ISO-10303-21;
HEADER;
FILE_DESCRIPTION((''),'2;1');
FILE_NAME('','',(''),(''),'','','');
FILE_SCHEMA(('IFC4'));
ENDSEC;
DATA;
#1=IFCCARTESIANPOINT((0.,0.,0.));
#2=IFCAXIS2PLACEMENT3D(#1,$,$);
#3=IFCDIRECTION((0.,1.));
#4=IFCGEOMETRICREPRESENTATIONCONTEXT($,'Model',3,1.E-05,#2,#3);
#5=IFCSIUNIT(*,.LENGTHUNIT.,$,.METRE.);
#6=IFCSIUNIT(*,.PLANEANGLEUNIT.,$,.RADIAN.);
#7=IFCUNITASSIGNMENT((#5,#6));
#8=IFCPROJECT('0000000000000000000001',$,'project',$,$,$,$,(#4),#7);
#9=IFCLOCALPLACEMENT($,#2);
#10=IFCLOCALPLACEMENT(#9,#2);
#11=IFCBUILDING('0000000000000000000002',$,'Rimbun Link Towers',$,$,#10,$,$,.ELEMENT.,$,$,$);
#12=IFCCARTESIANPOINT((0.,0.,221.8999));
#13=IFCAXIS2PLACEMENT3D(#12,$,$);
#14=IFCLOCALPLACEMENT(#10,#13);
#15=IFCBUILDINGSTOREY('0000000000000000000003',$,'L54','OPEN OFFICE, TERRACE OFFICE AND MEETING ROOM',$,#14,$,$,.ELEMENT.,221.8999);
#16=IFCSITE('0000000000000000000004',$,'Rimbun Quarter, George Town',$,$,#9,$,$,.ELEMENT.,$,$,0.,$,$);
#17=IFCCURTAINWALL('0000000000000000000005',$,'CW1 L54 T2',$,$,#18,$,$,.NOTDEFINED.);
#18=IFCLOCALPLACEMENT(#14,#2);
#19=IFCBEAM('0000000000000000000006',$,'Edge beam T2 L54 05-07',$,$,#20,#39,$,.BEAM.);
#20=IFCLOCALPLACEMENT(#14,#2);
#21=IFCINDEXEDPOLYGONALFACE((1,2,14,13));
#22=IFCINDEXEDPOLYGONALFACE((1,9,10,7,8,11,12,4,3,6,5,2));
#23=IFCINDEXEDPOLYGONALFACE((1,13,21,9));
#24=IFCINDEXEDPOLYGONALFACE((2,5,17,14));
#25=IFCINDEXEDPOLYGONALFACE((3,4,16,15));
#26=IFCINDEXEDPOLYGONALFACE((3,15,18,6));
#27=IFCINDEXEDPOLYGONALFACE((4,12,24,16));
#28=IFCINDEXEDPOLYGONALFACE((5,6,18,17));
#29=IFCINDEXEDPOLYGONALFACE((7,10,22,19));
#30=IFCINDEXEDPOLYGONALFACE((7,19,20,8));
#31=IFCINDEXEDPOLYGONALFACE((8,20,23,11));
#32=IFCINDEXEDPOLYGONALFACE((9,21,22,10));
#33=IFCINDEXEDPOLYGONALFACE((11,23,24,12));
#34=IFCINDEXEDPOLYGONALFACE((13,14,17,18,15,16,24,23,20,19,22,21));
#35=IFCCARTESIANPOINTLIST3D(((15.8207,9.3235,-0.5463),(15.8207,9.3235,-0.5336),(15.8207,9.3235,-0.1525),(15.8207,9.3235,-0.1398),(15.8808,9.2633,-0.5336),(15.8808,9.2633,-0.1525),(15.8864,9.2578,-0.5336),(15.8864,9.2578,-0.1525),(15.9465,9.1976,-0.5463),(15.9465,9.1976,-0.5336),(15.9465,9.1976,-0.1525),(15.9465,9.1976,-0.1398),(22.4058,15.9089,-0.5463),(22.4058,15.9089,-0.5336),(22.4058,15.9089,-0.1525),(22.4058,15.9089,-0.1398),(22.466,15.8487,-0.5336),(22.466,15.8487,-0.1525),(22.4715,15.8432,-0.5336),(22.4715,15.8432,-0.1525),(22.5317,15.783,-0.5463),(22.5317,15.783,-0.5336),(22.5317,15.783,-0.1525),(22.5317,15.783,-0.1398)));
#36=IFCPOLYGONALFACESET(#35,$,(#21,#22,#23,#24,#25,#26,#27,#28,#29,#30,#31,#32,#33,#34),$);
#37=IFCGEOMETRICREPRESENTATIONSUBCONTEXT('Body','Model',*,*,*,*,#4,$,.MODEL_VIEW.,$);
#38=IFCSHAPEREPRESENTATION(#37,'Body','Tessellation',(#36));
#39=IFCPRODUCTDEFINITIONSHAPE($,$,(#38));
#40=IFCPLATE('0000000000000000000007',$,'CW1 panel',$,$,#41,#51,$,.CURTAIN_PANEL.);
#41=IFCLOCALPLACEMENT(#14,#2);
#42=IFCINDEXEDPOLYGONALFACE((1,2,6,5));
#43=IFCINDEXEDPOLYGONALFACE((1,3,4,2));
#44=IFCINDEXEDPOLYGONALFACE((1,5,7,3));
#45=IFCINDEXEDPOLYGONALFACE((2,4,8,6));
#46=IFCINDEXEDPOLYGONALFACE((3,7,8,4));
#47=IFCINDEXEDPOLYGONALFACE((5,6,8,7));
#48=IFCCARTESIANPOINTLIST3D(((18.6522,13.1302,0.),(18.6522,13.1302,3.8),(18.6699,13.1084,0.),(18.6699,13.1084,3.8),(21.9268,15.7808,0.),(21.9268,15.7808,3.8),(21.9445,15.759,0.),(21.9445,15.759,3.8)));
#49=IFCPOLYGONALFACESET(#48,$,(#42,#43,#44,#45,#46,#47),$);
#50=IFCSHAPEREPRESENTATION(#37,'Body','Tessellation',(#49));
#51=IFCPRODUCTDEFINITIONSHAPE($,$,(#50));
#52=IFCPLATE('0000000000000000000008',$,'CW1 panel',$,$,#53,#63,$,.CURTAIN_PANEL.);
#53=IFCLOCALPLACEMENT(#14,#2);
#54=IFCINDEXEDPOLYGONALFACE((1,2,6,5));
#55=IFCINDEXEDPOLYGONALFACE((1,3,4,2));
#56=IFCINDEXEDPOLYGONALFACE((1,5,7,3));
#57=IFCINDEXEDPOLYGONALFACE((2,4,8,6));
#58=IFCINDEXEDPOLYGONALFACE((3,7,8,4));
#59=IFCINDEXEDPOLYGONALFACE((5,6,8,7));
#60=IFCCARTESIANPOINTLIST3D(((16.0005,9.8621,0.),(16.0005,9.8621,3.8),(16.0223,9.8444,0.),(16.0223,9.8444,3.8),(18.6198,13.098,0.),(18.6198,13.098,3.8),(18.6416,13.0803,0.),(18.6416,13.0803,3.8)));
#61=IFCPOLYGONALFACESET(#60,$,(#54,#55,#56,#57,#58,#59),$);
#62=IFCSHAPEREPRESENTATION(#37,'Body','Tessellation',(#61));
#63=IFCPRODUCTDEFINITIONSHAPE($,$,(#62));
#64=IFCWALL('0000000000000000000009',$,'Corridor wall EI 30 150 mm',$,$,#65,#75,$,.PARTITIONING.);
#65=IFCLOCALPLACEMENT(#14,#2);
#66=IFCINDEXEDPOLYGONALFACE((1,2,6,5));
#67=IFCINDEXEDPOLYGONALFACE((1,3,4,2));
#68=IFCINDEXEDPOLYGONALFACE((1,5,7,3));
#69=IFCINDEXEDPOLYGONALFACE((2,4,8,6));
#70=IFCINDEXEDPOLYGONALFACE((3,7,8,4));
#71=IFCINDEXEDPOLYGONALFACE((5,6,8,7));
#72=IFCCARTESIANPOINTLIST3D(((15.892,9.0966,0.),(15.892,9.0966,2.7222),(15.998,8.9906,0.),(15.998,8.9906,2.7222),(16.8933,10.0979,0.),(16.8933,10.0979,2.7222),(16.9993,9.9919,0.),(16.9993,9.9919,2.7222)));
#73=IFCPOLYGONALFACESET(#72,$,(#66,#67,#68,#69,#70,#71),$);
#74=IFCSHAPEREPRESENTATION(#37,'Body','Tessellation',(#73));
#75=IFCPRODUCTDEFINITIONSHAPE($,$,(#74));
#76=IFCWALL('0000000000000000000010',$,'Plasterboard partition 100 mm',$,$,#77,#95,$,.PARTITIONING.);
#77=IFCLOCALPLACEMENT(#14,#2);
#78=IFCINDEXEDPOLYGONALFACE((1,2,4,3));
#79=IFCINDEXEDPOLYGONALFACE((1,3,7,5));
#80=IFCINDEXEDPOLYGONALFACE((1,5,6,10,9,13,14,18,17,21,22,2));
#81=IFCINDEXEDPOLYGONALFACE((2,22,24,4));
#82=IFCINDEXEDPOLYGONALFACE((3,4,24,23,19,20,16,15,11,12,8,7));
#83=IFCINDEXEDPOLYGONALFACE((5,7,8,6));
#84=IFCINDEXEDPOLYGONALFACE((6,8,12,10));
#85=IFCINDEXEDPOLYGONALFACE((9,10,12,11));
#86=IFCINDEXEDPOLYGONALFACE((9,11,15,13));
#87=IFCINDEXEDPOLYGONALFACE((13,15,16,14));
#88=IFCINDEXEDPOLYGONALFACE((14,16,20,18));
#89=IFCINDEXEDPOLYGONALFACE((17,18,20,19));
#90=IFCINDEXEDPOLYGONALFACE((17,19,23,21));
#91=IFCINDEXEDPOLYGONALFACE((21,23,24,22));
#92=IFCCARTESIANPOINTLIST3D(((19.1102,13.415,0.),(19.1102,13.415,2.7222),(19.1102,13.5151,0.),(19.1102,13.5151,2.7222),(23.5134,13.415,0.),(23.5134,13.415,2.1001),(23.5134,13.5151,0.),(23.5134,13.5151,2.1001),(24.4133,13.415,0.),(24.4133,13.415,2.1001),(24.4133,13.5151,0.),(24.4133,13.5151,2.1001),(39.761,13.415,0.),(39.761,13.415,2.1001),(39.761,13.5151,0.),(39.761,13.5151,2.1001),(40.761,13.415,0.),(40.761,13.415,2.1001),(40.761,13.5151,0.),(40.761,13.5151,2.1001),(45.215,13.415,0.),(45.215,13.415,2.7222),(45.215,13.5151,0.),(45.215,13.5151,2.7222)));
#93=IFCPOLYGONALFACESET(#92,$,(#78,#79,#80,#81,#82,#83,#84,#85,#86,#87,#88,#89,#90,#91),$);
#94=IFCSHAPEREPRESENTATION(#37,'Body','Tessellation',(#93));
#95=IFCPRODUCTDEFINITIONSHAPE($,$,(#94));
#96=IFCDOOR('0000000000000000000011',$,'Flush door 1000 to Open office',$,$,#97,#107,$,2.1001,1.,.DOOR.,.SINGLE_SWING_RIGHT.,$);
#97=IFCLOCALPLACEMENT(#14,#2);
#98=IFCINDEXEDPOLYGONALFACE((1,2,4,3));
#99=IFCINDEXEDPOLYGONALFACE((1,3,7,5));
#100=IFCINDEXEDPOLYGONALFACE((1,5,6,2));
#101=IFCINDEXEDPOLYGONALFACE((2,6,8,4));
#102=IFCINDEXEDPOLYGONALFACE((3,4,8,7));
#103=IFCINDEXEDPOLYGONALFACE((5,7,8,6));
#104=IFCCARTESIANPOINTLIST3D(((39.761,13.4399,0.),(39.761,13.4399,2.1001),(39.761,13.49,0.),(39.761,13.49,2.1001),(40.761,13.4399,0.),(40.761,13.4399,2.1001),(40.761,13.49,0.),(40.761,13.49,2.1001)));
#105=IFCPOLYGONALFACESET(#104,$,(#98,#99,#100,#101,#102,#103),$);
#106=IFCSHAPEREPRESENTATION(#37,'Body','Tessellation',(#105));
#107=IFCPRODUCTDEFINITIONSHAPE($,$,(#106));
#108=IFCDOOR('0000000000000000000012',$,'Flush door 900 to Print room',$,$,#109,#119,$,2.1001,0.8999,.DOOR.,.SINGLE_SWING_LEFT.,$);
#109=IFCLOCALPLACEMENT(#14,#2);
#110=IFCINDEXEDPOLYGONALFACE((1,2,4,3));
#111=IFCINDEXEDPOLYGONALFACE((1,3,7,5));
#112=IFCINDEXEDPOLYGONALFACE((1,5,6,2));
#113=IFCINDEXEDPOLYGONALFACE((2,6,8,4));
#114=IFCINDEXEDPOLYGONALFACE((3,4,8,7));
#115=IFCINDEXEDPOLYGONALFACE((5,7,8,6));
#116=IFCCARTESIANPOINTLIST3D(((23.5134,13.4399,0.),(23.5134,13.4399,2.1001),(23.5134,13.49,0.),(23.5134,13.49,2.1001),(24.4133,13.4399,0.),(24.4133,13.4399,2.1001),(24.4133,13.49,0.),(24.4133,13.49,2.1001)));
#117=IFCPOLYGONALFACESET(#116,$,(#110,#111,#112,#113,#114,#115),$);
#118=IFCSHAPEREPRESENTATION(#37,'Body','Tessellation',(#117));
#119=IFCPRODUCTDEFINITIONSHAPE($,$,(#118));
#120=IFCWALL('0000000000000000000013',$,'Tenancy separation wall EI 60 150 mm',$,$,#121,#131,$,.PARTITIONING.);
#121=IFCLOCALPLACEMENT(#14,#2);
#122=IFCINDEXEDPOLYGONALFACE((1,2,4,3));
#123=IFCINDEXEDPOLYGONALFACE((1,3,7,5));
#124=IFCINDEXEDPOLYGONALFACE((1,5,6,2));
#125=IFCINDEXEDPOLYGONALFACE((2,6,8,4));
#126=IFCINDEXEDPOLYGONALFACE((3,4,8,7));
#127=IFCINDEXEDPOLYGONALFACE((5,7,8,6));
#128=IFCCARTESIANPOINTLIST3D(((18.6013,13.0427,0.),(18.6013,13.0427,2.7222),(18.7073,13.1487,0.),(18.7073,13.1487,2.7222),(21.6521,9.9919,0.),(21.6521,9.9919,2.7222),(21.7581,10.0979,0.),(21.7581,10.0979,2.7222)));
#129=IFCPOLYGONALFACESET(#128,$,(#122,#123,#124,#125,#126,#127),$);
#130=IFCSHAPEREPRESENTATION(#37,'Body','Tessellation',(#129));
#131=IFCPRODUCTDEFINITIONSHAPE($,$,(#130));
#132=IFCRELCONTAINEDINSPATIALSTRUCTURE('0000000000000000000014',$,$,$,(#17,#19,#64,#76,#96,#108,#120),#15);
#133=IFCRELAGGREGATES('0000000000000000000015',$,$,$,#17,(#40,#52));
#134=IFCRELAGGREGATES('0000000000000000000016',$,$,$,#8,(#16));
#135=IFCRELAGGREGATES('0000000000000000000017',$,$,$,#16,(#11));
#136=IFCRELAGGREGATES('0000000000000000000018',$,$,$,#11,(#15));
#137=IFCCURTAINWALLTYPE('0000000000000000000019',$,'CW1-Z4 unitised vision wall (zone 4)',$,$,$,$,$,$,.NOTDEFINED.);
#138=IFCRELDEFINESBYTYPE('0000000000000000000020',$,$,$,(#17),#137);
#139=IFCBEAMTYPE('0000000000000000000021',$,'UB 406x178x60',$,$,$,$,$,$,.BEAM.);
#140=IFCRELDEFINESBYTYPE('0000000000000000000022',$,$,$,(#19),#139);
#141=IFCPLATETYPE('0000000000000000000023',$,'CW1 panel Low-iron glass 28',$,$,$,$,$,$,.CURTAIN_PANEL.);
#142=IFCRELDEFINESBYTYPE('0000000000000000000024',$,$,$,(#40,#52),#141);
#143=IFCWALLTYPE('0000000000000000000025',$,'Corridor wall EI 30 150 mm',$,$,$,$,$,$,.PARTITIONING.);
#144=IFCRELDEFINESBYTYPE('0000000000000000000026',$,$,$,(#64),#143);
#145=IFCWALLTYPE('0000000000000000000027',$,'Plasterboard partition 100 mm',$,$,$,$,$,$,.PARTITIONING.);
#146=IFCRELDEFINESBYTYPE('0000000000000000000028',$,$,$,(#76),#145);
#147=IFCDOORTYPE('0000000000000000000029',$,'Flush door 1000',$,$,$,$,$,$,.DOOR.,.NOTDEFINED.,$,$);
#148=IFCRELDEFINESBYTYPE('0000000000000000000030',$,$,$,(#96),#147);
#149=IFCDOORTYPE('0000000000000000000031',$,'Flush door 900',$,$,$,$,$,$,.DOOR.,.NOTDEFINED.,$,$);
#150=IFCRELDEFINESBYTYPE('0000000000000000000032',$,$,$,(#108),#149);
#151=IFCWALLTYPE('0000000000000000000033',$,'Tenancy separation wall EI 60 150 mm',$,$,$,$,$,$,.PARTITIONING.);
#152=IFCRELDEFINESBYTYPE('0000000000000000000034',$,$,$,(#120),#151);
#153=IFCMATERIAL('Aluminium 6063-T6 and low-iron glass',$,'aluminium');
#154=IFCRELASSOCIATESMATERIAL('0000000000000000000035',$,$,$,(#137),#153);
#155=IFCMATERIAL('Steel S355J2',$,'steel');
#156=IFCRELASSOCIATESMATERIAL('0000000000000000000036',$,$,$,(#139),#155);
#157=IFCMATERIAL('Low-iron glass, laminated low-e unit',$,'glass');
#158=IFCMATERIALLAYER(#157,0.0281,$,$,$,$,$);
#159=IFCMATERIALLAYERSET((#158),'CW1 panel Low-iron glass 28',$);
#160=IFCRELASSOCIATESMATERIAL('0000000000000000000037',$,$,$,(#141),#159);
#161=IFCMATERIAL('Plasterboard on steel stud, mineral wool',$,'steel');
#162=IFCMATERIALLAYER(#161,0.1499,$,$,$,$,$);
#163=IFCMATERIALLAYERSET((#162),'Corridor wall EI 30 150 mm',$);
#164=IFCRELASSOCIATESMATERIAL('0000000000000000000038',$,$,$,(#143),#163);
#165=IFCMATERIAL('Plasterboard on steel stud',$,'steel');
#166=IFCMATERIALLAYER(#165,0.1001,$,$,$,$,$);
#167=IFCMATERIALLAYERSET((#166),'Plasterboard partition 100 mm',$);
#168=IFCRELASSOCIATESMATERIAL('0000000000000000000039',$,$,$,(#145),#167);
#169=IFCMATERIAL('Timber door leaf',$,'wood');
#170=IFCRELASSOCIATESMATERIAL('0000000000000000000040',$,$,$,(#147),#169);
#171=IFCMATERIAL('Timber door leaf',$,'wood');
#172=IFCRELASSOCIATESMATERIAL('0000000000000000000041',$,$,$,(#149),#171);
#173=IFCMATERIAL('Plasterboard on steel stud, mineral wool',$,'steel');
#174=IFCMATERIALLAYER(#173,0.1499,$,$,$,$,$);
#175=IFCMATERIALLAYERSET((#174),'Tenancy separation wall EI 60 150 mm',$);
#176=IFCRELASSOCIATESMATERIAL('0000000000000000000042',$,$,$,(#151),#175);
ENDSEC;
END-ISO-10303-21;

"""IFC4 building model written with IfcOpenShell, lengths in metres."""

from ifc_helpers import new_model, si_unit, direction, frame, frame_2d, origin, origin_2d, place, context, subcontext, project, spatial, rectangle, i_section, extrude, material, layer, layer_set, material_profile, profile_set, type_object, element, fill, aggregate, save


model = new_model("IFC4")

# Units and contexts
model_context = context("Model", 3, precision=1e-05, world=origin(), true_north=direction((0.0, 1.0)))
body_context = subcontext(model_context, "Body", "Model", "MODEL_VIEW")
ifc_project = project(units=[si_unit("LENGTHUNIT", "METRE"), si_unit("PLANEANGLEUNIT", "RADIAN")], contexts=[model_context])

# Site, building, storey
site_placement = place(None, origin())
site = spatial("IfcSite", under=ifc_project, at=site_placement, Name="Rimbun Quarter, George Town", CompositionType="ELEMENT", RefElevation=0.0)
building_placement = place(site_placement, origin())
building = spatial("IfcBuilding", under=site, at=building_placement, Name="Rimbun Link Towers", CompositionType="ELEMENT")
storey_placement = place(building_placement, frame((0.0, 0.0, 221.8999)))
storey = spatial("IfcBuildingStorey", under=building, at=storey_placement, Name="L54", Description="OPEN OFFICE, TERRACE OFFICE AND MEETING ROOM", CompositionType="ELEMENT", Elevation=221.8999)

# Curtain wall
ifc_material_1 = material(Name="Aluminium 6063-T6 and low-iron glass", Category="aluminium")
curtain_wall_type = type_object("IfcCurtainWallType", Name="CW1-Z4 unitised vision wall (zone 4)", PredefinedType="NOTDEFINED", material=ifc_material_1)
curtain_wall_placement = place(storey_placement, origin())
curtain_wall = element("IfcCurtainWall", 1, at=curtain_wall_placement, inside=storey, type_object=curtain_wall_type, Name="CW1 L54 T2", PredefinedType="NOTDEFINED")

# Beam
ifc_material_2 = material(Name="Steel S355J2", Category="steel")
ifc_material_profile_1 = material_profile(ifc_material_2, i_section(OverallWidth=0.178, OverallDepth=0.4065, WebThickness=0.0078, FlangeThickness=0.0127, at=origin_2d()), Name="UB 406x178x60")
ifc_profile_set_1 = profile_set([ifc_material_profile_1], Name="Steel S355J2")
beam_type_1 = type_object("IfcBeamType", Name="UB 406x178x60", PredefinedType="BEAM", material=ifc_profile_set_1)
beam_1_placement = place(storey_placement, frame((22.4688, 15.8459, -0.343), z_axis=(-0.707094, -0.70712, 0.0), x_axis=(0.70712, -0.707094, 0.0)))
element("IfcBeam", 2, at=beam_1_placement, inside=storey, type_object=beam_type_1, Name="Edge beam T2 L54 05-07", PredefinedType="BEAM", context=body_context, shape_type="SweptSolid", body=[
    extrude(i_section(OverallWidth=0.178, OverallDepth=0.4065, WebThickness=0.0078, FlangeThickness=0.0127, at=origin_2d()), origin(), (0.0, 0.0, 1.0), 9.313),
])

# Plates
ifc_material_3 = material(Name="Low-iron glass, laminated low-e unit", Category="glass")
ifc_layer_1 = layer(ifc_material_3, 0.0281)
ifc_layer_set_1 = layer_set([ifc_layer_1], Name="CW1 panel Low-iron glass 28")
plate_type = type_object("IfcPlateType", Name="CW1 panel Low-iron glass 28", PredefinedType="CURTAIN_PANEL", material=ifc_layer_set_1)
plate_1_placement = place(storey_placement, frame((20.2983, 14.4446, 0.0), z_axis=(0.0, 0.0, 1.0), x_axis=(0.777276, 0.62916, 0.0)))
plate_1 = element("IfcPlate", 3, at=plate_1_placement, type_object=plate_type, Name="CW1 panel", PredefinedType="CURTAIN_PANEL", context=body_context, shape_type="SweptSolid", body=[
    extrude(rectangle(XDim=4.2129, YDim=0.0281, at=origin_2d()), origin(), (0.0, 0.0, 1.0), 3.8),
])
plate_2_placement = place(storey_placement, frame((17.321, 11.4712, 0.0), z_axis=(0.0, 0.0, 1.0), x_axis=(0.62916, 0.777276, 0.0)))
plate_2 = element("IfcPlate", 4, at=plate_2_placement, type_object=plate_type, Name="CW1 panel", PredefinedType="CURTAIN_PANEL", context=body_context, shape_type="SweptSolid", body=[
    extrude(rectangle(XDim=4.1631, YDim=0.0281, at=origin_2d()), origin(), (0.0, 0.0, 1.0), 3.8),
])
aggregate(curtain_wall, [plate_1, plate_2])

# Wall
ifc_material_4 = material(Name="Plasterboard on steel stud, mineral wool", Category="steel")
ifc_layer_2 = layer(ifc_material_4, 0.1499)
ifc_layer_set_2 = layer_set([ifc_layer_2], Name="Corridor wall EI 30 150 mm")
wall_type_1 = type_object("IfcWallType", Name="Corridor wall EI 30 150 mm", PredefinedType="PARTITIONING", material=ifc_layer_set_2)
wall_1_placement = place(storey_placement, frame((16.9463, 10.0449, 0.0), z_axis=(0.0, 0.0, 1.0), x_axis=(-0.707107, -0.707107, 0.0)))
element("IfcWall", 5, at=wall_1_placement, inside=storey, type_object=wall_type_1, Name="Corridor wall EI 30 150 mm", PredefinedType="PARTITIONING", context=body_context, shape_type="SweptSolid", body=[
    extrude(rectangle(XDim=1.416, YDim=0.1499, at=frame_2d((0.708, 0.0))), origin(), (0.0, 0.0, 1.0), 2.7222),
])

# Wall, openings, doors
ifc_material_5 = material(Name="Plasterboard on steel stud", Category="steel")
ifc_layer_3 = layer(ifc_material_5, 0.1001)
ifc_layer_set_3 = layer_set([ifc_layer_3], Name="Plasterboard partition 100 mm")
wall_type_2 = type_object("IfcWallType", Name="Plasterboard partition 100 mm", PredefinedType="PARTITIONING", material=ifc_layer_set_3)
wall_2_placement = place(storey_placement, frame((19.1104, 13.4651, 0.0), z_axis=(0.0, 0.0, 1.0), x_axis=(1.0, 0.0, 0.0)))
wall_2 = element("IfcWall", 6, at=wall_2_placement, inside=storey, type_object=wall_type_2, Name="Plasterboard partition 100 mm", PredefinedType="PARTITIONING", context=body_context, shape_type="SweptSolid", body=[
    extrude(rectangle(XDim=26.1047, YDim=0.1001, at=frame_2d((13.0522, 0.0))), origin(), (0.0, 0.0, 1.0), 2.7222),
])
opening_1_placement = place(wall_2_placement, frame((20.6506, 0.0, 0.0)))
opening_1 = element("IfcOpeningElement", 7, at=opening_1_placement, cuts=wall_2, PredefinedType="OPENING", context=body_context, shape_type="SweptSolid", body=[
    extrude(rectangle(XDim=1.0, YDim=2.1001, at=frame_2d((0.5, 1.05))), frame((0.0, 0.0601, 0.0), z_axis=(0.0, -1.0, 0.0), x_axis=(1.0, 0.0, 0.0)), (0.0, 0.0, 1.0), 0.1201),
])
opening_2_placement = place(wall_2_placement, frame((4.4031, 0.0, 0.0)))
opening_2 = element("IfcOpeningElement", 8, at=opening_2_placement, cuts=wall_2, PredefinedType="OPENING", context=body_context, shape_type="SweptSolid", body=[
    extrude(rectangle(XDim=0.8999, YDim=2.1001, at=frame_2d((0.45, 1.05))), frame((0.0, 0.0601, 0.0), z_axis=(0.0, -1.0, 0.0), x_axis=(1.0, 0.0, 0.0)), (0.0, 0.0, 1.0), 0.1201),
])
ifc_material_6 = material(Name="Timber door leaf", Category="wood")
door_type_1 = type_object("IfcDoorType", Name="Flush door 1000", OperationType="NOTDEFINED", PredefinedType="DOOR", material=ifc_material_6)
door_1_placement = place(opening_1_placement, origin())
door_1 = element("IfcDoor", 9, at=door_1_placement, inside=storey, type_object=door_type_1, Name="Flush door 1000 to Open office", OperationType="SINGLE_SWING_RIGHT", OverallHeight=2.1001, OverallWidth=1.0, PredefinedType="DOOR", context=body_context, shape_type="SweptSolid", body=[
    extrude(rectangle(XDim=1.0, YDim=2.1001, at=frame_2d((0.5, 1.05))), frame((0.0, 0.0249, 0.0), z_axis=(0.0, -1.0, 0.0), x_axis=(1.0, 0.0, 0.0)), (0.0, 0.0, 1.0), 0.05),
])
fill(opening_1, door_1)
ifc_material_7 = material(Name="Timber door leaf", Category="wood")
door_type_2 = type_object("IfcDoorType", Name="Flush door 900", OperationType="NOTDEFINED", PredefinedType="DOOR", material=ifc_material_7)
door_2_placement = place(opening_2_placement, origin())
door_2 = element("IfcDoor", 10, at=door_2_placement, inside=storey, type_object=door_type_2, Name="Flush door 900 to Print room", OperationType="SINGLE_SWING_LEFT", OverallHeight=2.1001, OverallWidth=0.8999, PredefinedType="DOOR", context=body_context, shape_type="SweptSolid", body=[
    extrude(rectangle(XDim=0.8999, YDim=2.1001, at=frame_2d((0.45, 1.05))), frame((0.0, 0.0249, 0.0), z_axis=(0.0, -1.0, 0.0), x_axis=(1.0, 0.0, 0.0)), (0.0, 0.0, 1.0), 0.05),
])
fill(opening_2, door_2)

# Wall
ifc_material_8 = material(Name="Plasterboard on steel stud, mineral wool", Category="steel")
ifc_layer_4 = layer(ifc_material_8, 0.1499)
ifc_layer_set_4 = layer_set([ifc_layer_4], Name="Tenancy separation wall EI 60 150 mm")
wall_type_3 = type_object("IfcWallType", Name="Tenancy separation wall EI 60 150 mm", PredefinedType="PARTITIONING", material=ifc_layer_set_4)
wall_3_placement = place(storey_placement, frame((21.7051, 10.0449, 0.0), z_axis=(0.0, 0.0, 1.0), x_axis=(-0.707107, 0.707107, 0.0)))
element("IfcWall", 11, at=wall_3_placement, inside=storey, type_object=wall_type_3, Name="Tenancy separation wall EI 60 150 mm", PredefinedType="PARTITIONING", context=body_context, shape_type="SweptSolid", body=[
    extrude(rectangle(XDim=4.3145, YDim=0.1499, at=frame_2d((2.1572, 0.0))), origin(), (0.0, 0.0, 1.0), 2.7222),
])

save(model, "model.ifc")
